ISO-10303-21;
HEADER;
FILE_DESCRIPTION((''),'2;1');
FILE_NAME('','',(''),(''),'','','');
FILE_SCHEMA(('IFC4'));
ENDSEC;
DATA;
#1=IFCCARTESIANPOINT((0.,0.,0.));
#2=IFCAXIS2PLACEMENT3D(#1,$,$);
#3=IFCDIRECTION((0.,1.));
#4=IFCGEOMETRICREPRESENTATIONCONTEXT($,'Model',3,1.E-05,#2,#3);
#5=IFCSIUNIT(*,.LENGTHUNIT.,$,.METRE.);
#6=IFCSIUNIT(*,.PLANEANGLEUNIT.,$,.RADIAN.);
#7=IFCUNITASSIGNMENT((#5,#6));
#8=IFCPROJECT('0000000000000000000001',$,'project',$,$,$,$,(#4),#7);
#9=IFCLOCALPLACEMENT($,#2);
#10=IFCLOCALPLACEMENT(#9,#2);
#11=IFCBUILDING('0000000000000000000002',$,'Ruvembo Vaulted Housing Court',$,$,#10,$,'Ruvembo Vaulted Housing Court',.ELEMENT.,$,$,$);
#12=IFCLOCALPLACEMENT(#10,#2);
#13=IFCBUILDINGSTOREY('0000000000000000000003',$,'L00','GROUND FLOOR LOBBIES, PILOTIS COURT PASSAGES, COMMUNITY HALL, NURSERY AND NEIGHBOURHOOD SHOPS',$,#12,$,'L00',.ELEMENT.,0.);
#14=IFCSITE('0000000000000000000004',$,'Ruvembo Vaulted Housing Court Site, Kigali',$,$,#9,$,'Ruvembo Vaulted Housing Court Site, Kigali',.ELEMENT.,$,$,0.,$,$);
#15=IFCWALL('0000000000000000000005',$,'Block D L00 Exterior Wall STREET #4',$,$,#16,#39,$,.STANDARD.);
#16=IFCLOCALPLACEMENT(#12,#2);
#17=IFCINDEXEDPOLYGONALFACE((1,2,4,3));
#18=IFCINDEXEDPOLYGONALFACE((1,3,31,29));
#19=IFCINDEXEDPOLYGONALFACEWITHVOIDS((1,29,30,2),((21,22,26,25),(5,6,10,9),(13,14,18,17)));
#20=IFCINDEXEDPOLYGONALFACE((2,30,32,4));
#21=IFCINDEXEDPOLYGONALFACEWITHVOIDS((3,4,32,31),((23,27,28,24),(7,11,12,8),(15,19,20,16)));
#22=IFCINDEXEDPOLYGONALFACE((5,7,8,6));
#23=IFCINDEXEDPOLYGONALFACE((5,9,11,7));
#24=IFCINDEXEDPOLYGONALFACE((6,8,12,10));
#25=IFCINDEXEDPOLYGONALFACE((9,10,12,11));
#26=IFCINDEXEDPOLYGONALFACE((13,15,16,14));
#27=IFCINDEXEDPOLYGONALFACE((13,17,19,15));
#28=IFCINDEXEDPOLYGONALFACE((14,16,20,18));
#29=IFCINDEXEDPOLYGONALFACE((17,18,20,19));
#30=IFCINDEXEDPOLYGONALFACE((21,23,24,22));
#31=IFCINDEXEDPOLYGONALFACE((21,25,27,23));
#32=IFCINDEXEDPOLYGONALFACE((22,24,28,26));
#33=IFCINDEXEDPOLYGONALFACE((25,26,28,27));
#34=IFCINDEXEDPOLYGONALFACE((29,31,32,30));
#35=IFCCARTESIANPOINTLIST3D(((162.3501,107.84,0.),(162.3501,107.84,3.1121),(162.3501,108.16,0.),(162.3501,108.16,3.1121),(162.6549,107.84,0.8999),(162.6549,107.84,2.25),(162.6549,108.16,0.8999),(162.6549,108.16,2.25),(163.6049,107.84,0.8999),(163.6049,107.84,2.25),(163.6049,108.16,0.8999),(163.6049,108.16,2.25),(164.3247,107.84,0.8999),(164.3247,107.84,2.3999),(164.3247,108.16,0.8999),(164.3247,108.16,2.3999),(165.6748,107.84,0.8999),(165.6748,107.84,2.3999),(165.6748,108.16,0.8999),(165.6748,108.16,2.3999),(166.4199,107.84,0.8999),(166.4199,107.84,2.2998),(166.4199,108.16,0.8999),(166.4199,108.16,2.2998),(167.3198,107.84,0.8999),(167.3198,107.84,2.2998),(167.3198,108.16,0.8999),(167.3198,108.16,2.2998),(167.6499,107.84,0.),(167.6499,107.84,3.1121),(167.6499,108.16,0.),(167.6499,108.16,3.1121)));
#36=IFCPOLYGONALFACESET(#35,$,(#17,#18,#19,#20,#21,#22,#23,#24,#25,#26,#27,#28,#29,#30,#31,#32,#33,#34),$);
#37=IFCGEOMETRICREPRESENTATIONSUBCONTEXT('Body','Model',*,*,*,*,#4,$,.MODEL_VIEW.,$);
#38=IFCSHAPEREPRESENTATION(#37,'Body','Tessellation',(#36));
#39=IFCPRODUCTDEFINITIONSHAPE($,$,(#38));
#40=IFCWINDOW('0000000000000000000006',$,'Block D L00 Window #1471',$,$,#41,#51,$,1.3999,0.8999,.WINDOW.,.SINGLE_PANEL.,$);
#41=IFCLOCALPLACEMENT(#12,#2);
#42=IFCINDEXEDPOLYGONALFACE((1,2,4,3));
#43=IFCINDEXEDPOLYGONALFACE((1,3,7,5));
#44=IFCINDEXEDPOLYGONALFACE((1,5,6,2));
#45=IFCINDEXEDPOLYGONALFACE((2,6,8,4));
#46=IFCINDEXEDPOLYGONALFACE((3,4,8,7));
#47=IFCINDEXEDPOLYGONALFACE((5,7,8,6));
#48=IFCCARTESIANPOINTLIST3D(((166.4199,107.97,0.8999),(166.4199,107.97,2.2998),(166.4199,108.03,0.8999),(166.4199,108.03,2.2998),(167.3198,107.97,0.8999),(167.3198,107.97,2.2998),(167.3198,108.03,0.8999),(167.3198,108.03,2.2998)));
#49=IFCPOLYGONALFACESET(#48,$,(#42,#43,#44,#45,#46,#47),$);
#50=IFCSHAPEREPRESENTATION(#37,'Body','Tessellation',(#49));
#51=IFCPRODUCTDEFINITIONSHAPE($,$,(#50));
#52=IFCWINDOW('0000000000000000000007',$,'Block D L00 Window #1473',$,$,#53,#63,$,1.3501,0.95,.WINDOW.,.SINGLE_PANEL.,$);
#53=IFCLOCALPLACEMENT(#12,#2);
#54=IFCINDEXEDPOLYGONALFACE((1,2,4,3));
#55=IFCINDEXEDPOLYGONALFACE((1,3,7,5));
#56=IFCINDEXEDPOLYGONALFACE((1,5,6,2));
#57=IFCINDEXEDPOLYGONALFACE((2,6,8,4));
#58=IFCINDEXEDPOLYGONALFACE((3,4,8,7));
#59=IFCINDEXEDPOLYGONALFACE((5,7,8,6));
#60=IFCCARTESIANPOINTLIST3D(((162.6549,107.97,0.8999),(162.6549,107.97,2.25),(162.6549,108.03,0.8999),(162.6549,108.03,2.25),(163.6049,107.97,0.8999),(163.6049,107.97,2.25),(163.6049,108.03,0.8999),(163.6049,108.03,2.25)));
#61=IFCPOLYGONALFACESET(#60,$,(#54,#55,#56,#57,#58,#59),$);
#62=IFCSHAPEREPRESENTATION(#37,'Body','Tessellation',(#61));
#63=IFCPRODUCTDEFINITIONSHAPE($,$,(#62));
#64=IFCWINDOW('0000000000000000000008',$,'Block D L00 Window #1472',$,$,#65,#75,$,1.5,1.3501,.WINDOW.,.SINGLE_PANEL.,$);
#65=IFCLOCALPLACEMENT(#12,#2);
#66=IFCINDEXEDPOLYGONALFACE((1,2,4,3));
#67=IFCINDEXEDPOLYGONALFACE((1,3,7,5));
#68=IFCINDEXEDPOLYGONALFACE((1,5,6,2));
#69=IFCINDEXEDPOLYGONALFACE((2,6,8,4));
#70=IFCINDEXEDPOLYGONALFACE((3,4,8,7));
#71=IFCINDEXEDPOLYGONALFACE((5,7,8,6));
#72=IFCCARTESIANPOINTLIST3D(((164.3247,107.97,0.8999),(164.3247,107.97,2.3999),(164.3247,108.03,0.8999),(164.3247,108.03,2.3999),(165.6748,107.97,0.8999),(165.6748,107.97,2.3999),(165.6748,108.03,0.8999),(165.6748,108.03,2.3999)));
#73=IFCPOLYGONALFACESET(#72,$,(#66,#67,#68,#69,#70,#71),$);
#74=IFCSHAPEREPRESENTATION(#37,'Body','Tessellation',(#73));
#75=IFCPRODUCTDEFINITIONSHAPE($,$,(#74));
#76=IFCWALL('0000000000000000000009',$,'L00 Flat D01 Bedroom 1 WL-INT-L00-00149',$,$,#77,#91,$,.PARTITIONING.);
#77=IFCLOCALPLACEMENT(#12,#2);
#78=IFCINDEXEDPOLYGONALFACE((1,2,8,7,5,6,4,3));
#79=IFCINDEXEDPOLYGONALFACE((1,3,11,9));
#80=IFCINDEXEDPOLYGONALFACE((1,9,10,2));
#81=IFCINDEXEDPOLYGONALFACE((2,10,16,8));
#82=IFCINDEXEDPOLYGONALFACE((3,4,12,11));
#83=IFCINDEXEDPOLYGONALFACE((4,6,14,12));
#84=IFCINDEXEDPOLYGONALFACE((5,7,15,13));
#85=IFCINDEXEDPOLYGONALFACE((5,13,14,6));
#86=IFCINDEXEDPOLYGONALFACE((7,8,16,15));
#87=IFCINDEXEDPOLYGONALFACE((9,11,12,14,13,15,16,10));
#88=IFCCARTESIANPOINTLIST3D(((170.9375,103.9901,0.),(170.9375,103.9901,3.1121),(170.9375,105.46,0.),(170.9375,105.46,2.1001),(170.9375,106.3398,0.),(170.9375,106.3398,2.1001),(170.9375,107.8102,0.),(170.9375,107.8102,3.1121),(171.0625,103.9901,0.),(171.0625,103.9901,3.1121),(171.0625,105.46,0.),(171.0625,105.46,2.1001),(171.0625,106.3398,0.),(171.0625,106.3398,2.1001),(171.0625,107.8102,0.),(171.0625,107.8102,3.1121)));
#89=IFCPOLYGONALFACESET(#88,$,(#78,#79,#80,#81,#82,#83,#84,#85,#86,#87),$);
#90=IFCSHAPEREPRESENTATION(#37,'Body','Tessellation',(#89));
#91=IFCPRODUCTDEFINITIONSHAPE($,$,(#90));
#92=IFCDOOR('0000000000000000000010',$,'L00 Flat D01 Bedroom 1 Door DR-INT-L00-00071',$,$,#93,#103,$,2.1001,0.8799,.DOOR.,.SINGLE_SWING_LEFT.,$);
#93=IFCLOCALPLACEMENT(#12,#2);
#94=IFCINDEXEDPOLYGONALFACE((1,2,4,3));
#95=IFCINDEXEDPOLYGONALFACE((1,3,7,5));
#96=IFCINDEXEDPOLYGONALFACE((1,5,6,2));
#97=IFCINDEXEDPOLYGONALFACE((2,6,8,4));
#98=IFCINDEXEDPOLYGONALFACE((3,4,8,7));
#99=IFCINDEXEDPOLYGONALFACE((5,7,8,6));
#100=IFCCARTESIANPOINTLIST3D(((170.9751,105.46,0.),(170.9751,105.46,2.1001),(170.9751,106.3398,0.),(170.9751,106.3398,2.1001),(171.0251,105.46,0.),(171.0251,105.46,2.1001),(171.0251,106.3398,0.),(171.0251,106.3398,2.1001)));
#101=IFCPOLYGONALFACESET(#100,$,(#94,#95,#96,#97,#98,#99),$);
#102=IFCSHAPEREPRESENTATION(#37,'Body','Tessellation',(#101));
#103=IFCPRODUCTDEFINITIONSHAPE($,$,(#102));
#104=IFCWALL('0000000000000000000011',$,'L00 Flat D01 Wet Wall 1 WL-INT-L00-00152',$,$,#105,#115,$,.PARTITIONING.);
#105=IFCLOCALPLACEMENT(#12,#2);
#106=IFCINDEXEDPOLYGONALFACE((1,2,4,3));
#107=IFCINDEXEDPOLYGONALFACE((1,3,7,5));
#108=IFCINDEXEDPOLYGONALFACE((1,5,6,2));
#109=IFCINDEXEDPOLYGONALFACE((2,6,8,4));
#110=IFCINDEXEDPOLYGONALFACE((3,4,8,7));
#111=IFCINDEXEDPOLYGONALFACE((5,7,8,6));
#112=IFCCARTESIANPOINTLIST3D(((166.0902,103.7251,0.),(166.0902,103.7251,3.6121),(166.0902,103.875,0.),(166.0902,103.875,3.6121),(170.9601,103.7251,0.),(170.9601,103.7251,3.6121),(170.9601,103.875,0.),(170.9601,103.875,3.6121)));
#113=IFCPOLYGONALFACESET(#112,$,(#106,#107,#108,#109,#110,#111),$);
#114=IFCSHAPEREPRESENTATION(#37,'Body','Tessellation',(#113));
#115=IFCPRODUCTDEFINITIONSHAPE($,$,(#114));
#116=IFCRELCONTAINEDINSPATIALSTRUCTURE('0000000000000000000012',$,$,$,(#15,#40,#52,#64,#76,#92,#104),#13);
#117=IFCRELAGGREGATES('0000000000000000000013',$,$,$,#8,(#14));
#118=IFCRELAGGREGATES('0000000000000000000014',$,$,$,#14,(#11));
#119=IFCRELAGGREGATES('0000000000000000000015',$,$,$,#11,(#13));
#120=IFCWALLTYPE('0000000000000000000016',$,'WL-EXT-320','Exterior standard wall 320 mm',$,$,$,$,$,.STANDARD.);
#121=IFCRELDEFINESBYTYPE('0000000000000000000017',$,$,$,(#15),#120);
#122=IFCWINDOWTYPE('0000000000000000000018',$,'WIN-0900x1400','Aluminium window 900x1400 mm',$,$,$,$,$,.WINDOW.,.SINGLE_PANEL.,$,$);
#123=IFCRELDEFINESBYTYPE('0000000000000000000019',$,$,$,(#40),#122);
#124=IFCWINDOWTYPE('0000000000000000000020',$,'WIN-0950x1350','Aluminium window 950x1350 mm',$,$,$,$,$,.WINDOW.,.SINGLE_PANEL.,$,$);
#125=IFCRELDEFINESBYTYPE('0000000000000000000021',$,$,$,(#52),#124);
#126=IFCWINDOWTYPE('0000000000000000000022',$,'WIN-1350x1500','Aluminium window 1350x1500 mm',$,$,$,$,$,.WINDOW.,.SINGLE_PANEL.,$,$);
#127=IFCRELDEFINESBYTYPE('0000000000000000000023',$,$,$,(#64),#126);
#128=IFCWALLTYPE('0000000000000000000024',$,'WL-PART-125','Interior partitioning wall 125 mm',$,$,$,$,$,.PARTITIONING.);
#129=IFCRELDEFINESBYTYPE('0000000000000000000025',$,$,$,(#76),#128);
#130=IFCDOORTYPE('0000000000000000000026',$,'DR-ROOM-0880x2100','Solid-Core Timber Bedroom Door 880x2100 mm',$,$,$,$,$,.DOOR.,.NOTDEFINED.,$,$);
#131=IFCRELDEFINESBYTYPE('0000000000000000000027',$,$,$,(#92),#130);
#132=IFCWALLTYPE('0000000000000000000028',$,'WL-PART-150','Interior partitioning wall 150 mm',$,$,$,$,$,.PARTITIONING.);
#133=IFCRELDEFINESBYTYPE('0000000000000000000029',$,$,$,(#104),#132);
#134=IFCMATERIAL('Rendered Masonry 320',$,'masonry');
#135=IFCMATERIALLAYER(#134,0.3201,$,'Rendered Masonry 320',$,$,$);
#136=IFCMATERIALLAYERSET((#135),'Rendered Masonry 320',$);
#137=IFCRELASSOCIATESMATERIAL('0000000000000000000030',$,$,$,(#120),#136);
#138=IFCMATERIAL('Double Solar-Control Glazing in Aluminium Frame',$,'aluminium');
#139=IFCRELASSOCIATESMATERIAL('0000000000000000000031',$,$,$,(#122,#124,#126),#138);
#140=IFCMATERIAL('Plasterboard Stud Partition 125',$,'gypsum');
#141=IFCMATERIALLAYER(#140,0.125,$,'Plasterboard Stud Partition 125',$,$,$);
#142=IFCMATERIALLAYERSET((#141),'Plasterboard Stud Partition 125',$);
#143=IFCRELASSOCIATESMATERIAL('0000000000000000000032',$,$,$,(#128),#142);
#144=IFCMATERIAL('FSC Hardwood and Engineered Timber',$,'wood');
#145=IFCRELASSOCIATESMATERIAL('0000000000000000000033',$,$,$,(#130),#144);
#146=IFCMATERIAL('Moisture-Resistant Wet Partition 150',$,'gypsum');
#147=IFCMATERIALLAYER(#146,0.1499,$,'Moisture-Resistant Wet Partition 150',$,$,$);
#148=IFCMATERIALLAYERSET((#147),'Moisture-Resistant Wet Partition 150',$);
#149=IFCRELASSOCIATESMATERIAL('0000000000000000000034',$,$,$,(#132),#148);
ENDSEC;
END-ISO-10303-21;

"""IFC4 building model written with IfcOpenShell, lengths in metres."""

from ifc_helpers import new_model, si_unit, direction, frame, frame_2d, origin, place, context, subcontext, project, spatial, rectangle, extrude, material, layer, layer_set, type_object, element, fill, save


model = new_model("IFC4")

# Units and contexts
model_context = context("Model", 3, precision=1e-05, world=origin(), true_north=direction((0.0, 1.0)))
body_context = subcontext(model_context, "Body", "Model", "MODEL_VIEW")
ifc_project = project(units=[si_unit("LENGTHUNIT", "METRE"), si_unit("PLANEANGLEUNIT", "RADIAN")], contexts=[model_context])

# Site, building, storey
site_placement = place(None, origin())
site = spatial("IfcSite", under=ifc_project, at=site_placement, Name="Ruvembo Vaulted Housing Court Site, Kigali", LongName="Ruvembo Vaulted Housing Court Site, Kigali", CompositionType="ELEMENT", RefElevation=0.0)
building_placement = place(site_placement, origin())
building = spatial("IfcBuilding", under=site, at=building_placement, Name="Ruvembo Vaulted Housing Court", LongName="Ruvembo Vaulted Housing Court", CompositionType="ELEMENT")
storey_placement = place(building_placement, origin())
storey = spatial("IfcBuildingStorey", under=building, at=storey_placement, Name="L00", Description="GROUND FLOOR LOBBIES, PILOTIS COURT PASSAGES, COMMUNITY HALL, NURSERY AND NEIGHBOURHOOD SHOPS", LongName="L00", CompositionType="ELEMENT", Elevation=0.0)

# Shared definitions
ifc_material_1 = material(Name="Rendered Masonry 320", Category="masonry")
ifc_layer_1 = layer(ifc_material_1, 0.3201, Name="Rendered Masonry 320")
ifc_layer_set_1 = layer_set([ifc_layer_1], Name="Rendered Masonry 320")
wall_type_1 = type_object("IfcWallType", Name="WL-EXT-320", Description="Exterior standard wall 320 mm", PredefinedType="STANDARD", material=ifc_layer_set_1)

# Wall, openings, windows
wall_1_placement = place(storey_placement, frame((167.6499, 108.0, 0.0), z_axis=(0.0, 0.0, 1.0), x_axis=(-1.0, 0.0, 0.0)))
wall_1 = element("IfcWall", 1, at=wall_1_placement, inside=storey, type_object=wall_type_1, Name="Block D L00 Exterior Wall STREET #4", PredefinedType="STANDARD", context=body_context, shape_type="SweptSolid", body=[
    extrude(rectangle(XDim=5.2998, YDim=0.3201, at=frame_2d((2.6499, 0.0))), origin(), (0.0, 0.0, 1.0), 3.1121),
])
opening_1_placement = place(wall_1_placement, frame((0.3301, 0.0, 0.8999)))
opening_1 = element("IfcOpeningElement", 2, at=opening_1_placement, cuts=wall_1, PredefinedType="OPENING", context=body_context, shape_type="SweptSolid", body=[
    extrude(rectangle(XDim=0.8999, YDim=1.3999, at=frame_2d((0.45, 0.7))), frame((0.0, 0.1699, 0.0), z_axis=(0.0, -1.0, 0.0), x_axis=(1.0, 0.0, 0.0)), (0.0, 0.0, 1.0), 0.3401),
])
opening_2_placement = place(wall_1_placement, frame((1.9751, 0.0, 0.8999)))
opening_2 = element("IfcOpeningElement", 3, at=opening_2_placement, cuts=wall_1, PredefinedType="OPENING", context=body_context, shape_type="SweptSolid", body=[
    extrude(rectangle(XDim=1.3501, YDim=1.5, at=frame_2d((0.675, 0.75))), frame((0.0, 0.1699, 0.0), z_axis=(0.0, -1.0, 0.0), x_axis=(1.0, 0.0, 0.0)), (0.0, 0.0, 1.0), 0.3401),
])
opening_3_placement = place(wall_1_placement, frame((4.0449, 0.0, 0.8999)))
opening_3 = element("IfcOpeningElement", 4, at=opening_3_placement, cuts=wall_1, PredefinedType="OPENING", context=body_context, shape_type="SweptSolid", body=[
    extrude(rectangle(XDim=0.95, YDim=1.3501, at=frame_2d((0.4751, 0.675))), frame((0.0, 0.1699, 0.0), z_axis=(0.0, -1.0, 0.0), x_axis=(1.0, 0.0, 0.0)), (0.0, 0.0, 1.0), 0.3401),
])
ifc_material_2 = material(Name="Double Solar-Control Glazing in Aluminium Frame", Category="aluminium")
window_type_1 = type_object("IfcWindowType", Name="WIN-0900x1400", Description="Aluminium window 900x1400 mm", PartitioningType="SINGLE_PANEL", PredefinedType="WINDOW", material=ifc_material_2)
window_1_placement = place(opening_1_placement, origin())
window_1 = element("IfcWindow", 5, at=window_1_placement, inside=storey, type_object=window_type_1, Name="Block D L00 Window #1471", OverallHeight=1.3999, OverallWidth=0.8999, PartitioningType="SINGLE_PANEL", PredefinedType="WINDOW", context=body_context, shape_type="SweptSolid", body=[
    extrude(rectangle(XDim=0.8999, YDim=1.3999, at=frame_2d((0.45, 0.7))), frame((0.0, 0.03, 0.0), z_axis=(0.0, -1.0, 0.0), x_axis=(1.0, 0.0, 0.0)), (0.0, 0.0, 1.0), 0.0601),
])
fill(opening_1, window_1)
window_type_2 = type_object("IfcWindowType", Name="WIN-0950x1350", Description="Aluminium window 950x1350 mm", PartitioningType="SINGLE_PANEL", PredefinedType="WINDOW", material=ifc_material_2)
window_2_placement = place(opening_3_placement, origin())
window_2 = element("IfcWindow", 6, at=window_2_placement, inside=storey, type_object=window_type_2, Name="Block D L00 Window #1473", OverallHeight=1.3501, OverallWidth=0.95, PartitioningType="SINGLE_PANEL", PredefinedType="WINDOW", context=body_context, shape_type="SweptSolid", body=[
    extrude(rectangle(XDim=0.95, YDim=1.3501, at=frame_2d((0.4751, 0.675))), frame((0.0, 0.03, 0.0), z_axis=(0.0, -1.0, 0.0), x_axis=(1.0, 0.0, 0.0)), (0.0, 0.0, 1.0), 0.0601),
])
fill(opening_3, window_2)
window_type_3 = type_object("IfcWindowType", Name="WIN-1350x1500", Description="Aluminium window 1350x1500 mm", PartitioningType="SINGLE_PANEL", PredefinedType="WINDOW", material=ifc_material_2)
window_3_placement = place(opening_2_placement, origin())
window_3 = element("IfcWindow", 7, at=window_3_placement, inside=storey, type_object=window_type_3, Name="Block D L00 Window #1472", OverallHeight=1.5, OverallWidth=1.3501, PartitioningType="SINGLE_PANEL", PredefinedType="WINDOW", context=body_context, shape_type="SweptSolid", body=[
    extrude(rectangle(XDim=1.3501, YDim=1.5, at=frame_2d((0.675, 0.75))), frame((0.0, 0.03, 0.0), z_axis=(0.0, -1.0, 0.0), x_axis=(1.0, 0.0, 0.0)), (0.0, 0.0, 1.0), 0.0601),
])
fill(opening_2, window_3)

# Wall, opening, door
ifc_material_3 = material(Name="Plasterboard Stud Partition 125", Category="gypsum")
ifc_layer_2 = layer(ifc_material_3, 0.125, Name="Plasterboard Stud Partition 125")
ifc_layer_set_2 = layer_set([ifc_layer_2], Name="Plasterboard Stud Partition 125")
wall_type_2 = type_object("IfcWallType", Name="WL-PART-125", Description="Interior partitioning wall 125 mm", PredefinedType="PARTITIONING", material=ifc_layer_set_2)
wall_2_placement = place(storey_placement, frame((171.0, 103.99, 0.0), z_axis=(0.0, 0.0, 1.0), x_axis=(0.0, 1.0, 0.0)))
wall_2 = element("IfcWall", 8, at=wall_2_placement, inside=storey, type_object=wall_type_2, Name="L00 Flat D01 Bedroom 1 WL-INT-L00-00149", PredefinedType="PARTITIONING", context=body_context, shape_type="SweptSolid", body=[
    extrude(rectangle(XDim=3.8201, YDim=0.125, at=frame_2d((1.9102, 0.0))), origin(), (0.0, 0.0, 1.0), 3.1121),
])
opening_4_placement = place(wall_2_placement, frame((1.47, 0.0, 0.0)))
opening_4 = element("IfcOpeningElement", 9, at=opening_4_placement, cuts=wall_2, PredefinedType="OPENING", context=body_context, shape_type="SweptSolid", body=[
    extrude(rectangle(XDim=0.8799, YDim=2.1001, at=frame_2d((0.4399, 1.05))), frame((0.0, 0.0725, 0.0), z_axis=(0.0, -1.0, 0.0), x_axis=(1.0, 0.0, 0.0)), (0.0, 0.0, 1.0), 0.145),
])
ifc_material_4 = material(Name="FSC Hardwood and Engineered Timber", Category="wood")
door_type_1 = type_object("IfcDoorType", Name="DR-ROOM-0880x2100", Description="Solid-Core Timber Bedroom Door 880x2100 mm", OperationType="NOTDEFINED", PredefinedType="DOOR", material=ifc_material_4)
door_1_placement = place(opening_4_placement, origin())
door_1 = element("IfcDoor", 10, at=door_1_placement, inside=storey, type_object=door_type_1, Name="L00 Flat D01 Bedroom 1 Door DR-INT-L00-00071", OperationType="SINGLE_SWING_LEFT", OverallHeight=2.1001, OverallWidth=0.8799, PredefinedType="DOOR", context=body_context, shape_type="SweptSolid", body=[
    extrude(rectangle(XDim=0.8799, YDim=2.1001, at=frame_2d((0.4399, 1.05))), frame((0.0, 0.0249, 0.0), z_axis=(0.0, -1.0, 0.0), x_axis=(1.0, 0.0, 0.0)), (0.0, 0.0, 1.0), 0.05),
])
fill(opening_4, door_1)

# Wall
ifc_material_5 = material(Name="Moisture-Resistant Wet Partition 150", Category="gypsum")
ifc_layer_3 = layer(ifc_material_5, 0.1499, Name="Moisture-Resistant Wet Partition 150")
ifc_layer_set_3 = layer_set([ifc_layer_3], Name="Moisture-Resistant Wet Partition 150")
wall_type_3 = type_object("IfcWallType", Name="WL-PART-150", Description="Interior partitioning wall 150 mm", PredefinedType="PARTITIONING", material=ifc_layer_set_3)
wall_3_placement = place(storey_placement, frame((166.0901, 103.8, 0.0), z_axis=(0.0, 0.0, 1.0), x_axis=(1.0, 0.0, 0.0)))
element("IfcWall", 11, at=wall_3_placement, inside=storey, type_object=wall_type_3, Name="L00 Flat D01 Wet Wall 1 WL-INT-L00-00152", PredefinedType="PARTITIONING", context=body_context, shape_type="SweptSolid", body=[
    extrude(rectangle(XDim=4.8699, YDim=0.1499, at=frame_2d((2.4351, 0.0))), origin(), (0.0, 0.0, 1.0), 3.6121),
])

save(model, "model.ifc")
